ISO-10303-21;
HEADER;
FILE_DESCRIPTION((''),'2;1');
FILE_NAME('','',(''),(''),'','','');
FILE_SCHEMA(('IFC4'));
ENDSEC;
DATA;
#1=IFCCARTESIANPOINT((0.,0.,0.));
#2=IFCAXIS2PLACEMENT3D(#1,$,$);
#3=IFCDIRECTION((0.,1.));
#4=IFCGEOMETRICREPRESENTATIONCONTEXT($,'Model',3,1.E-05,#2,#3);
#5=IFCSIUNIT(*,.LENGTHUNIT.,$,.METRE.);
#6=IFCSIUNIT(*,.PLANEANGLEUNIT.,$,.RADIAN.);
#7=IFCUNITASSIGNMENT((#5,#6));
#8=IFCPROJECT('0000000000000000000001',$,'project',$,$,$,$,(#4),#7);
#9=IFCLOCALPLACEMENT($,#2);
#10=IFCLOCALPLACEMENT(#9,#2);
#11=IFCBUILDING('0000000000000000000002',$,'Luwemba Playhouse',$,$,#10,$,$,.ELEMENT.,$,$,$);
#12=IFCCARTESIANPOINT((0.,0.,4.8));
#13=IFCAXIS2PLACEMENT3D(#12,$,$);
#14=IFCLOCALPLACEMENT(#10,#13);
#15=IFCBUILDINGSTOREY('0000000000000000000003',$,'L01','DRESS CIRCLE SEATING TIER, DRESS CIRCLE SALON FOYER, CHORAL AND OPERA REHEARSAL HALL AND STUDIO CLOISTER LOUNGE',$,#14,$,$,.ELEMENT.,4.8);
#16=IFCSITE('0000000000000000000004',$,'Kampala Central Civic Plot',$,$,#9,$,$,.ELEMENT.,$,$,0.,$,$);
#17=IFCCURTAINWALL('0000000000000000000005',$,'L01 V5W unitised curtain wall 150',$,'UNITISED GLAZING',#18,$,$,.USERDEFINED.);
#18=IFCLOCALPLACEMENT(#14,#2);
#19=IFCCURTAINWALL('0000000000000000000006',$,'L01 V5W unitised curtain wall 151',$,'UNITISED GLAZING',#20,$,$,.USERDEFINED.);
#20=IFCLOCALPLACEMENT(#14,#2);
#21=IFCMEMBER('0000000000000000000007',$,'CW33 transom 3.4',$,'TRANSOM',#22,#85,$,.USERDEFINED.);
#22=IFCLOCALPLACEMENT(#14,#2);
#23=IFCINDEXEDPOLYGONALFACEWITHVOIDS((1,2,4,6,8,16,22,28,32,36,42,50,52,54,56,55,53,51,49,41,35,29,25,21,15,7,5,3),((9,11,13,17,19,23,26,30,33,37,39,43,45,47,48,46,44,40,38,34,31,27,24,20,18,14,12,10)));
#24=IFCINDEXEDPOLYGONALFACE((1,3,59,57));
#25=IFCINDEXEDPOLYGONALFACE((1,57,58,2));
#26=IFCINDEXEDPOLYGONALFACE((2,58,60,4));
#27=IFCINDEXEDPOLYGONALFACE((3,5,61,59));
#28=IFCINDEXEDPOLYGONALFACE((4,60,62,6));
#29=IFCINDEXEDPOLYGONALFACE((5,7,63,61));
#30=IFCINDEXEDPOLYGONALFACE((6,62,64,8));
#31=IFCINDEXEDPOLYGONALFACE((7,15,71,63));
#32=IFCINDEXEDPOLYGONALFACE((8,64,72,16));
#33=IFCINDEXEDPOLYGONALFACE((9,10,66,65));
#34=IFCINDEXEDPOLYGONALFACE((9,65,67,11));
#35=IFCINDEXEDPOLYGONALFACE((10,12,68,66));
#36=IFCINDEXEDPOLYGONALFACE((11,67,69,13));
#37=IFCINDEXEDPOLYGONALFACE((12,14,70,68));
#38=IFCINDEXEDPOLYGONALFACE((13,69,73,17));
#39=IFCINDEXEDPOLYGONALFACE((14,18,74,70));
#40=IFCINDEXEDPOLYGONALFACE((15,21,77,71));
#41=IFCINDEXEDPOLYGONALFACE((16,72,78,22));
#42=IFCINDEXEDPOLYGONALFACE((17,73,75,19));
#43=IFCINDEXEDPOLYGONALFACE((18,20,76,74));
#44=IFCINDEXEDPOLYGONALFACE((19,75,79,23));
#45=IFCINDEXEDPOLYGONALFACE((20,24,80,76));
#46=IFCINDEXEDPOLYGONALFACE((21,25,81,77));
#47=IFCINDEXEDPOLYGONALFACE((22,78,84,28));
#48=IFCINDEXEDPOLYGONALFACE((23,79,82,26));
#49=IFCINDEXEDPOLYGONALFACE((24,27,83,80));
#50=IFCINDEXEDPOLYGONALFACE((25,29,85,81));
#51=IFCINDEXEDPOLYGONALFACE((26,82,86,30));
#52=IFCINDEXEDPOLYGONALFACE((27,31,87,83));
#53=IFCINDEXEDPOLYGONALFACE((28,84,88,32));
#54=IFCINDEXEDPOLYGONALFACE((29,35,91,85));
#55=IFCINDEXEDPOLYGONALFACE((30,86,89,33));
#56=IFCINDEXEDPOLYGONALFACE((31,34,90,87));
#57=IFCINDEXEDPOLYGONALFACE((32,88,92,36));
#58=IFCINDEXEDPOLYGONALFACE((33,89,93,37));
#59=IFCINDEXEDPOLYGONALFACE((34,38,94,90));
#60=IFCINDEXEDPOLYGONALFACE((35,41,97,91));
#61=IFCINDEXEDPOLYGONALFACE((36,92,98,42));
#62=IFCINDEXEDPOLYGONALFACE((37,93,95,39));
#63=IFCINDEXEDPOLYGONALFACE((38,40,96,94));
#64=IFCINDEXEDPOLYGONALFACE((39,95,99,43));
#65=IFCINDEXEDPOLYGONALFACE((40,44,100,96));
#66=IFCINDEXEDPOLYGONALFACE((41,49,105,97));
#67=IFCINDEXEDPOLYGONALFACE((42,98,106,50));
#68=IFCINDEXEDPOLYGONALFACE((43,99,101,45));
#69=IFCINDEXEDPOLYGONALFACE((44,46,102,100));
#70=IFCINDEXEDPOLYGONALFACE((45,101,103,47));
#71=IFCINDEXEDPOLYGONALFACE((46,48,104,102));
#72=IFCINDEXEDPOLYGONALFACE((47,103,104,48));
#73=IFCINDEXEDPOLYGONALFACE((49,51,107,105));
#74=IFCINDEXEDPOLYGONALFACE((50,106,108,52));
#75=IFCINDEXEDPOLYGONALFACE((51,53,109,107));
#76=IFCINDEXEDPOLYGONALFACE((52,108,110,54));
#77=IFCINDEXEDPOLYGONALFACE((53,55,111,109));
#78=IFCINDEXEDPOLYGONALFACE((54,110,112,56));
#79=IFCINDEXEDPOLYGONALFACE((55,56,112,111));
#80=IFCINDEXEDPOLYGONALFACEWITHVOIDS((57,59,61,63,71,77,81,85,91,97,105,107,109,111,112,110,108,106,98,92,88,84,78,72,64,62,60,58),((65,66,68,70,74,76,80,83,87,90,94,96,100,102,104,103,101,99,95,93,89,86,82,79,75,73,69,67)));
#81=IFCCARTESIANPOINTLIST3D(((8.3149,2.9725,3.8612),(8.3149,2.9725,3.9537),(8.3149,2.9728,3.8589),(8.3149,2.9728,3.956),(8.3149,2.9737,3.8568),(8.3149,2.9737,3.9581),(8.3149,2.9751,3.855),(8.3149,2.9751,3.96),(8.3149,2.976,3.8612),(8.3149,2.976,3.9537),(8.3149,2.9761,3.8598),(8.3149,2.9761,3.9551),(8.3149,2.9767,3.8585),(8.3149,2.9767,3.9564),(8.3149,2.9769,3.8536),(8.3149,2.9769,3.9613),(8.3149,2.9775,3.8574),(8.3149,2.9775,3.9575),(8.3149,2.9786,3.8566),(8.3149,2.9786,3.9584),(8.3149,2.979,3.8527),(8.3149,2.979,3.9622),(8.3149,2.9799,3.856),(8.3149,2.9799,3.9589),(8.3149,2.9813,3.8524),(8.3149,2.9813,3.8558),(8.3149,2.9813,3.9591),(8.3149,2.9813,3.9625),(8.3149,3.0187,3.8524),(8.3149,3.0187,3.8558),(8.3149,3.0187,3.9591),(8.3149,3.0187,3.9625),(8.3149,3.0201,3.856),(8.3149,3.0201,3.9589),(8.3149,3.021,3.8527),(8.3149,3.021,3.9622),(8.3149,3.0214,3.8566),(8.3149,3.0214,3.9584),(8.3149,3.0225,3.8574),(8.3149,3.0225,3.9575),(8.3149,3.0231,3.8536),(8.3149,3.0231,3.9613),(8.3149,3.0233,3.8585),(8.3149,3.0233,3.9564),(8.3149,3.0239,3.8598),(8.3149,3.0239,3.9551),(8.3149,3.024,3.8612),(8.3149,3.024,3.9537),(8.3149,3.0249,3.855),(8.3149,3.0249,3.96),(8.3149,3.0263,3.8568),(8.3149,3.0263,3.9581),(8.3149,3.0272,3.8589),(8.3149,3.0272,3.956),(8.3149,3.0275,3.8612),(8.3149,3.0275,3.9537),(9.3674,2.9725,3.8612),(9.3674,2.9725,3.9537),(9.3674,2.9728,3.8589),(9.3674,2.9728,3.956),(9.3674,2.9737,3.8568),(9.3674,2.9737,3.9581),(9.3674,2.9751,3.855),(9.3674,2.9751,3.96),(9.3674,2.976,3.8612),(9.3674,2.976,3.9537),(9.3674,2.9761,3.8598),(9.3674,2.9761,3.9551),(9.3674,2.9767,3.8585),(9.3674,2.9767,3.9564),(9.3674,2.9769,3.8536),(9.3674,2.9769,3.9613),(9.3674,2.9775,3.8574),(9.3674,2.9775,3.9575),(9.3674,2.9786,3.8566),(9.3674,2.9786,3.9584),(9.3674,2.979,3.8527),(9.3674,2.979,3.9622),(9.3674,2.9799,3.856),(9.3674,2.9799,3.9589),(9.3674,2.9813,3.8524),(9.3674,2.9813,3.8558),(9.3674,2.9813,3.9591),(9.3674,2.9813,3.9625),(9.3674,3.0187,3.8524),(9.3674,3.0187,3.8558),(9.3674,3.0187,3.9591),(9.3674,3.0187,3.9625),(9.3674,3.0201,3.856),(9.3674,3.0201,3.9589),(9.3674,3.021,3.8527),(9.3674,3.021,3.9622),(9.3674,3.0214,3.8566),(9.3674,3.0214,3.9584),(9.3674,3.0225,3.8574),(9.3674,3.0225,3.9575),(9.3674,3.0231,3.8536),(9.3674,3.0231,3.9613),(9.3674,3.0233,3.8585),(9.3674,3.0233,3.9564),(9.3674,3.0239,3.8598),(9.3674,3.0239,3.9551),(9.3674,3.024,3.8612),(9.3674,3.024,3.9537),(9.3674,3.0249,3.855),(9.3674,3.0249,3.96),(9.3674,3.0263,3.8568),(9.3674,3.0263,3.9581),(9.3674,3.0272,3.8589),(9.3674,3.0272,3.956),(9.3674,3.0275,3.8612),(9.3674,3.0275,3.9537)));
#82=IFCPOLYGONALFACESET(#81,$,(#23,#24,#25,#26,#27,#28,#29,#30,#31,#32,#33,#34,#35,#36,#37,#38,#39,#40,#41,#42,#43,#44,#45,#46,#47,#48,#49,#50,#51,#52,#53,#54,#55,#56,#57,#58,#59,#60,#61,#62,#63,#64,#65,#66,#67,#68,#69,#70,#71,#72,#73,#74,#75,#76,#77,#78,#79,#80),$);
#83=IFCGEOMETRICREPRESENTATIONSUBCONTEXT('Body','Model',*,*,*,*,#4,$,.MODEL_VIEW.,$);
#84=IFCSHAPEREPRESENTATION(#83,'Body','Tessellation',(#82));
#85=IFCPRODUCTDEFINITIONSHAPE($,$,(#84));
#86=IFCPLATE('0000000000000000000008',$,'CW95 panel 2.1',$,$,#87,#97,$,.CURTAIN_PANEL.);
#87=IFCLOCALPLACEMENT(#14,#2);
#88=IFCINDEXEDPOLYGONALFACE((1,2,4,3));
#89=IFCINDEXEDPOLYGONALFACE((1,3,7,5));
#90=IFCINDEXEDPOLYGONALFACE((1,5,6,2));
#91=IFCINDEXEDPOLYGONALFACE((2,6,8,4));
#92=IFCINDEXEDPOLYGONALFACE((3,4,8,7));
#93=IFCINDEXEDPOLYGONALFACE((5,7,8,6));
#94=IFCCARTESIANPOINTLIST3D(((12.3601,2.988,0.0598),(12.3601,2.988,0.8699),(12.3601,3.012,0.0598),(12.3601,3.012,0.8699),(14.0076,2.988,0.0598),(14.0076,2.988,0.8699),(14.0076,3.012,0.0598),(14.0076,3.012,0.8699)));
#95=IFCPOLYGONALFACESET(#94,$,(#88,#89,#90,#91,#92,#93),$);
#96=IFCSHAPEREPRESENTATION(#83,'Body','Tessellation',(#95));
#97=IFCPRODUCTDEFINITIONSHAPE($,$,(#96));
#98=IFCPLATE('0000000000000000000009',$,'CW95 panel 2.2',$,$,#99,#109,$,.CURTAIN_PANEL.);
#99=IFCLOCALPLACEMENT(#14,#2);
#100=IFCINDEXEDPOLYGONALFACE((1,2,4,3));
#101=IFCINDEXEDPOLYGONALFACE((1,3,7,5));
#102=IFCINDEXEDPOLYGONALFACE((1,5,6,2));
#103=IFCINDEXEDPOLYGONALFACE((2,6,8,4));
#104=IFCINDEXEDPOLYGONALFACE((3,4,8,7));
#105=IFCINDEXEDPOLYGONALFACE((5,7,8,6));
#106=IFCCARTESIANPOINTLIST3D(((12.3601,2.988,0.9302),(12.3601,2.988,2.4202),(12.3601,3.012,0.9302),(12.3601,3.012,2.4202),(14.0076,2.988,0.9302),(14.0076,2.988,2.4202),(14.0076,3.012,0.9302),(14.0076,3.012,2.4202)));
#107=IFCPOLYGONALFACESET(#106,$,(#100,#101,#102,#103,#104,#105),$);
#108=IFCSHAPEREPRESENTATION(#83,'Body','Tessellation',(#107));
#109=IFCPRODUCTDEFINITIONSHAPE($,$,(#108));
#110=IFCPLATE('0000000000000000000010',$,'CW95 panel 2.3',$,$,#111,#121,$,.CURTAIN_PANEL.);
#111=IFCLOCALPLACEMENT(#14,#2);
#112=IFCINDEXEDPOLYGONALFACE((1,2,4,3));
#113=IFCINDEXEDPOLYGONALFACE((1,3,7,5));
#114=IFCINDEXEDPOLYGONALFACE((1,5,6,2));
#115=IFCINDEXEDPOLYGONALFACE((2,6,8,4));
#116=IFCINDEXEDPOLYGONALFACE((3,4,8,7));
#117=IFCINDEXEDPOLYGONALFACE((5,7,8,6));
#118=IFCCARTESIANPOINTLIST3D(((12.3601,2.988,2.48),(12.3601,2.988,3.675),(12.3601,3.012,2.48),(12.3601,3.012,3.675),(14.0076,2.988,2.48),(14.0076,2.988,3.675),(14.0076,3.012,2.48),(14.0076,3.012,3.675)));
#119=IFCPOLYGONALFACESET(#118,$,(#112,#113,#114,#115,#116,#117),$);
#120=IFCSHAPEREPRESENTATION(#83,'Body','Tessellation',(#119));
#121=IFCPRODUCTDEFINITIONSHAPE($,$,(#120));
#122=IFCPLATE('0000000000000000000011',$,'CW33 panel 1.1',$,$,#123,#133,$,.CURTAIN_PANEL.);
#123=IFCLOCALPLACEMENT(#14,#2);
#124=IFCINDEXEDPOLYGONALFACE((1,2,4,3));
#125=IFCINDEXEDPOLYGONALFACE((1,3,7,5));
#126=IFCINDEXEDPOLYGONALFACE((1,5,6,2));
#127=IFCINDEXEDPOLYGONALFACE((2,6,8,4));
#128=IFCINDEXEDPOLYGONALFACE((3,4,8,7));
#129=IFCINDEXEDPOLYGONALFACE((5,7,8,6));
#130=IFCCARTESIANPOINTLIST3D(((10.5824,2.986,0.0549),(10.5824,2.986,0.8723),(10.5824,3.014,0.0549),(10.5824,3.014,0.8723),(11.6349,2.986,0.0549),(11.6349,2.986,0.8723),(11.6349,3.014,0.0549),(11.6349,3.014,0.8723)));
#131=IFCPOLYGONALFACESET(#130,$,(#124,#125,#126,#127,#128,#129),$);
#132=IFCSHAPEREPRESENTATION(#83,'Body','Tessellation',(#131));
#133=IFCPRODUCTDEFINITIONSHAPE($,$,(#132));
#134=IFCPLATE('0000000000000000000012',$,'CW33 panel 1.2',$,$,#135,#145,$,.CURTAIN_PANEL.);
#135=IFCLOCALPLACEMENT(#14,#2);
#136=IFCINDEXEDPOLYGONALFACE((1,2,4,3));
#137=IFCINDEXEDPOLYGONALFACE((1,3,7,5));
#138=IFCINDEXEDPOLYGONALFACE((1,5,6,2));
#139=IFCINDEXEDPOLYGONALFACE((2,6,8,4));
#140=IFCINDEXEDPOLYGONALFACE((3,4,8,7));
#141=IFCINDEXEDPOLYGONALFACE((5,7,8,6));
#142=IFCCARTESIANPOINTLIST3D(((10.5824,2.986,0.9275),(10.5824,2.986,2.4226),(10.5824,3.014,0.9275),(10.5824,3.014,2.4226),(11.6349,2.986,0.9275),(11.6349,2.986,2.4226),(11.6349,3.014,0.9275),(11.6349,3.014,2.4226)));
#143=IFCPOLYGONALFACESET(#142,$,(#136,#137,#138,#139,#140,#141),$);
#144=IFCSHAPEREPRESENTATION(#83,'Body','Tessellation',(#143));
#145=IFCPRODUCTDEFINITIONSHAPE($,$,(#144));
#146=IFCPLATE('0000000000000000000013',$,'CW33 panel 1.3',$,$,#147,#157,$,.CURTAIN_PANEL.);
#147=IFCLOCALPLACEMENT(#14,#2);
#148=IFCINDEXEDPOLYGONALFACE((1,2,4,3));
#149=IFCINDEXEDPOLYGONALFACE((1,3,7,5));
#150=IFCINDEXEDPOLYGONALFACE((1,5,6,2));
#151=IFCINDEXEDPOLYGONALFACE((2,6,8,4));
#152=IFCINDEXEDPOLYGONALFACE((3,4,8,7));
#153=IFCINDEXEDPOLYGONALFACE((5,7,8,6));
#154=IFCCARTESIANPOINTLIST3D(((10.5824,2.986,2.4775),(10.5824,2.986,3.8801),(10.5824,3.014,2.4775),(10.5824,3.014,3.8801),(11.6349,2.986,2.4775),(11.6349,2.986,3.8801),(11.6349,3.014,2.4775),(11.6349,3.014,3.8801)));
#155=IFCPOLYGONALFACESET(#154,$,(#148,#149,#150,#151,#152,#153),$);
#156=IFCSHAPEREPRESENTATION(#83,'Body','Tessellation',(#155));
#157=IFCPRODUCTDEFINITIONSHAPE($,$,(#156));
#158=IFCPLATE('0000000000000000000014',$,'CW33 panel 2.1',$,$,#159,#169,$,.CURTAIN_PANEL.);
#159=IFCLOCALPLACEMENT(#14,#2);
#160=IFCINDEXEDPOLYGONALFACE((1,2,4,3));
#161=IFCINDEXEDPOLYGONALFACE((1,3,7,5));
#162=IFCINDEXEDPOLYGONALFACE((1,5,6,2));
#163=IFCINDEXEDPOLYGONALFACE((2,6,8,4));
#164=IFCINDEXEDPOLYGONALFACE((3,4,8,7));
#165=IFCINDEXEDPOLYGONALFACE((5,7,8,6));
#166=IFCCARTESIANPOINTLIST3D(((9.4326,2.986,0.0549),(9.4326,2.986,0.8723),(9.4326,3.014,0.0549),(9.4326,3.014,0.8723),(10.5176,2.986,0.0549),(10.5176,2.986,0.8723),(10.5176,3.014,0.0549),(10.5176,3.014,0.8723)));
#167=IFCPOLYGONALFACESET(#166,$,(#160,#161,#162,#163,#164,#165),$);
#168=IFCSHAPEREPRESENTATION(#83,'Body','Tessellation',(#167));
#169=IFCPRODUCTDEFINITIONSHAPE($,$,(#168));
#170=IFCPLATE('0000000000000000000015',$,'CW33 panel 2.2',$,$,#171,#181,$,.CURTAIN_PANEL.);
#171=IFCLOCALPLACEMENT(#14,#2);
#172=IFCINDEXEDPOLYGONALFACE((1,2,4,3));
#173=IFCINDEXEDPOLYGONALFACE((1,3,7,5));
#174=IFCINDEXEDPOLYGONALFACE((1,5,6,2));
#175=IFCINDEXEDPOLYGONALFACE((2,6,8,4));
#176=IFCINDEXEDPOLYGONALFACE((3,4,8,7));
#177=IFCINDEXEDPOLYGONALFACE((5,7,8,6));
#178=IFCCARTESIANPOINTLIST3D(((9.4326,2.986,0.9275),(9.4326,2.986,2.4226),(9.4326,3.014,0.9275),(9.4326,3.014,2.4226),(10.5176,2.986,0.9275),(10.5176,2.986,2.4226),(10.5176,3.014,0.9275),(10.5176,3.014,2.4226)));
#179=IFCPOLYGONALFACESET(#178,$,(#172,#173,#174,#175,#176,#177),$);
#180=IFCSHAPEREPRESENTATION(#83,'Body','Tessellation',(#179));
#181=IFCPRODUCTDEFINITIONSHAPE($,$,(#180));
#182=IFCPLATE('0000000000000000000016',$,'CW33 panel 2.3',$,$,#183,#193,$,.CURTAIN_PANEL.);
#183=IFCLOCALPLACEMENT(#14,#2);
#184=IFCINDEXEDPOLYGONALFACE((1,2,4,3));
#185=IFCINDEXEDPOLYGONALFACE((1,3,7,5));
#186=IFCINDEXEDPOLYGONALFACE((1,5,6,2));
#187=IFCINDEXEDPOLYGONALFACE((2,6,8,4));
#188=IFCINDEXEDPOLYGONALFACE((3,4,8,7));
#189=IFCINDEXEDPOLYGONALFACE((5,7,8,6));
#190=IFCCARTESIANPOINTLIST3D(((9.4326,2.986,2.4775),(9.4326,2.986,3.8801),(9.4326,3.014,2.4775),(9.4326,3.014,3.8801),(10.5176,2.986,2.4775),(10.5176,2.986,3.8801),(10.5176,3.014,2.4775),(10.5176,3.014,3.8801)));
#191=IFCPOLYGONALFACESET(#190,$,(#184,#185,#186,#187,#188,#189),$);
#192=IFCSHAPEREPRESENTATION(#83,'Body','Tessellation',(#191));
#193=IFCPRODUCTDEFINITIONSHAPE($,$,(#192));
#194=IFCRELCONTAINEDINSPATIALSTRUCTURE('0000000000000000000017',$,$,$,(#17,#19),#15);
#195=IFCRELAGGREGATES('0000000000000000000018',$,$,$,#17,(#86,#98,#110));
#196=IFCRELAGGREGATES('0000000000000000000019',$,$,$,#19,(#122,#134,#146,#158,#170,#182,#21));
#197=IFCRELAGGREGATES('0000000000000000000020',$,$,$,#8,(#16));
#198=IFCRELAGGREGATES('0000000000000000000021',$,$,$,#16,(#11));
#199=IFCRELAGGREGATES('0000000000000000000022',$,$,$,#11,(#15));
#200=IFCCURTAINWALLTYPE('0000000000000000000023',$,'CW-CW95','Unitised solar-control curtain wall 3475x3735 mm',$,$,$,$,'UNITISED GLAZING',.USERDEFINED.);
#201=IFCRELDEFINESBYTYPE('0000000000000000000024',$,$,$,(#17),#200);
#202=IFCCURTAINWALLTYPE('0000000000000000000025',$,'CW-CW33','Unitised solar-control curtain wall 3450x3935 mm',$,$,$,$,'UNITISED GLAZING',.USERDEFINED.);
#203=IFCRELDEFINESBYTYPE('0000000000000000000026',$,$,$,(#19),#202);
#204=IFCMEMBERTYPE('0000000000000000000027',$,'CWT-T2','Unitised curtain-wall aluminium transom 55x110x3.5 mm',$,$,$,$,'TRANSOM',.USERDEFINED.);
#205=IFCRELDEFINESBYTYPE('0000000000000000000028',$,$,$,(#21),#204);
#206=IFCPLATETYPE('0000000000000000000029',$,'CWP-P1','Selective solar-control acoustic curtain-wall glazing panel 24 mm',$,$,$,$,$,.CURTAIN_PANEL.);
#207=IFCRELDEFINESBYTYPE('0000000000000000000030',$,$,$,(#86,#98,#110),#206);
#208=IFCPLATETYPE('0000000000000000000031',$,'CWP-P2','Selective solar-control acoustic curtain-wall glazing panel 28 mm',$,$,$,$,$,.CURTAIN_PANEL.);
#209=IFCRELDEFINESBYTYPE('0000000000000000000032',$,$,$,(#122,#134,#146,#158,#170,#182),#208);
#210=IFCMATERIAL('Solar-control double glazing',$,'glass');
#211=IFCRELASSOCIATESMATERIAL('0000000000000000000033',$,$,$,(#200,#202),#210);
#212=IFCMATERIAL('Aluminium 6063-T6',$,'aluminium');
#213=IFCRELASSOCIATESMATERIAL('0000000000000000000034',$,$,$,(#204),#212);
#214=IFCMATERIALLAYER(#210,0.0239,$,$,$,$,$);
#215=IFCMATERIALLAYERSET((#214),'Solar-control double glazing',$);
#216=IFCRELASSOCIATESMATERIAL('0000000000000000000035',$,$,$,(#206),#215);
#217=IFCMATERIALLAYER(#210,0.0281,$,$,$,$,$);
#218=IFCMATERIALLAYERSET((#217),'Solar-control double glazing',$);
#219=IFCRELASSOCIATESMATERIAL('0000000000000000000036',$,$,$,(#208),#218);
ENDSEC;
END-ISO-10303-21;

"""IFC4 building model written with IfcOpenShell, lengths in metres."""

from ifc_helpers import new_model, si_unit, direction, frame, origin, origin_2d, place, context, subcontext, project, spatial, rectangle, hollow_rectangle, extrude, material, layer, layer_set, material_profile, profile_set, type_object, element, aggregate, save


model = new_model("IFC4")

# Units and contexts
model_context = context("Model", 3, precision=1e-05, world=origin(), true_north=direction((0.0, 1.0)))
body_context = subcontext(model_context, "Body", "Model", "MODEL_VIEW")
ifc_project = project(units=[si_unit("LENGTHUNIT", "METRE"), si_unit("PLANEANGLEUNIT", "RADIAN")], contexts=[model_context])

# Site, building, storey
site_placement = place(None, origin())
site = spatial("IfcSite", under=ifc_project, at=site_placement, Name="Kampala Central Civic Plot", CompositionType="ELEMENT", RefElevation=0.0)
building_placement = place(site_placement, origin())
building = spatial("IfcBuilding", under=site, at=building_placement, Name="Luwemba Playhouse", CompositionType="ELEMENT")
storey_placement = place(building_placement, frame((0.0, 0.0, 4.8)))
storey = spatial("IfcBuildingStorey", under=building, at=storey_placement, Name="L01", Description="DRESS CIRCLE SEATING TIER, DRESS CIRCLE SALON FOYER, CHORAL AND OPERA REHEARSAL HALL AND STUDIO CLOISTER LOUNGE", CompositionType="ELEMENT", Elevation=4.8)

# Curtain wall
ifc_material_1 = material(Name="Solar-control double glazing", Category="glass")
curtain_wall_type_1 = type_object("IfcCurtainWallType", Name="CW-CW95", Description="Unitised solar-control curtain wall 3475x3735 mm", ElementType="UNITISED GLAZING", PredefinedType="USERDEFINED", material=ifc_material_1)
curtain_wall_1_placement = place(storey_placement, origin())
curtain_wall_1 = element("IfcCurtainWall", 1, at=curtain_wall_1_placement, inside=storey, type_object=curtain_wall_type_1, Name="L01 V5W unitised curtain wall 150", ObjectType="UNITISED GLAZING", PredefinedType="USERDEFINED")
ifc_material_2 = material(Name="Aluminium 6063-T6", Category="aluminium")

# Curtain wall
curtain_wall_type_2 = type_object("IfcCurtainWallType", Name="CW-CW33", Description="Unitised solar-control curtain wall 3450x3935 mm", ElementType="UNITISED GLAZING", PredefinedType="USERDEFINED", material=ifc_material_1)
curtain_wall_2_placement = place(storey_placement, origin())
curtain_wall_2 = element("IfcCurtainWall", 2, at=curtain_wall_2_placement, inside=storey, type_object=curtain_wall_type_2, Name="L01 V5W unitised curtain wall 151", ObjectType="UNITISED GLAZING", PredefinedType="USERDEFINED")

# Member
ifc_material_profile_1 = material_profile(ifc_material_2, hollow_rectangle(XDim=0.0549, YDim=0.1101, WallThickness=0.0034, InnerFilletRadius=0.0054, OuterFilletRadius=0.0088, at=origin_2d()))
ifc_profile_set_1 = profile_set([ifc_material_profile_1], Name="Aluminium 6063-T6")
member_type_1 = type_object("IfcMemberType", Name="CWT-T2", Description="Unitised curtain-wall aluminium transom 55x110x3.5 mm", ElementType="TRANSOM", PredefinedType="USERDEFINED", material=ifc_profile_set_1)
member_1_placement = place(storey_placement, frame((9.3674, 3.0, 3.9075), z_axis=(-1.0, 0.0, 0.0), x_axis=(0.0, -1.0, 0.0)))
member_1 = element("IfcMember", 3, at=member_1_placement, type_object=member_type_1, Name="CW33 transom 3.4", ObjectType="TRANSOM", PredefinedType="USERDEFINED", context=body_context, shape_type="SweptSolid", body=[
    extrude(hollow_rectangle(XDim=0.0549, YDim=0.1101, WallThickness=0.0034, InnerFilletRadius=0.0054, OuterFilletRadius=0.0088, at=origin_2d()), origin(), (0.0, 0.0, 1.0), 1.0525),
])

# Plates
ifc_layer_1 = layer(ifc_material_1, 0.0239)
ifc_layer_set_1 = layer_set([ifc_layer_1], Name="Solar-control double glazing")
plate_type_1 = type_object("IfcPlateType", Name="CWP-P1", Description="Selective solar-control acoustic curtain-wall glazing panel 24 mm", PredefinedType="CURTAIN_PANEL", material=ifc_layer_set_1)
plate_1_placement = place(storey_placement, frame((13.1838, 3.0, 0.0598), z_axis=(0.0, 0.0, 1.0), x_axis=(-1.0, 0.0, 0.0)))
plate_1 = element("IfcPlate", 4, at=plate_1_placement, type_object=plate_type_1, Name="CW95 panel 2.1", PredefinedType="CURTAIN_PANEL", context=body_context, shape_type="SweptSolid", body=[
    extrude(rectangle(XDim=1.6475, YDim=0.0239, at=origin_2d()), origin(), (0.0, 0.0, 1.0), 0.8101),
])
plate_2_placement = place(storey_placement, frame((13.1838, 3.0, 0.9302), z_axis=(0.0, 0.0, 1.0), x_axis=(-1.0, 0.0, 0.0)))
plate_2 = element("IfcPlate", 5, at=plate_2_placement, type_object=plate_type_1, Name="CW95 panel 2.2", PredefinedType="CURTAIN_PANEL", context=body_context, shape_type="SweptSolid", body=[
    extrude(rectangle(XDim=1.6475, YDim=0.0239, at=origin_2d()), origin(), (0.0, 0.0, 1.0), 1.49),
])
plate_3_placement = place(storey_placement, frame((13.1838, 3.0, 2.48), z_axis=(0.0, 0.0, 1.0), x_axis=(-1.0, 0.0, 0.0)))
plate_3 = element("IfcPlate", 6, at=plate_3_placement, type_object=plate_type_1, Name="CW95 panel 2.3", PredefinedType="CURTAIN_PANEL", context=body_context, shape_type="SweptSolid", body=[
    extrude(rectangle(XDim=1.6475, YDim=0.0239, at=origin_2d()), origin(), (0.0, 0.0, 1.0), 1.1951),
])
aggregate(curtain_wall_1, [plate_1, plate_2, plate_3])
ifc_layer_2 = layer(ifc_material_1, 0.0281)
ifc_layer_set_2 = layer_set([ifc_layer_2], Name="Solar-control double glazing")
plate_type_2 = type_object("IfcPlateType", Name="CWP-P2", Description="Selective solar-control acoustic curtain-wall glazing panel 28 mm", PredefinedType="CURTAIN_PANEL", material=ifc_layer_set_2)
plate_4_placement = place(storey_placement, frame((11.1086, 3.0, 0.0549), z_axis=(0.0, 0.0, 1.0), x_axis=(-1.0, 0.0, 0.0)))
plate_4 = element("IfcPlate", 7, at=plate_4_placement, type_object=plate_type_2, Name="CW33 panel 1.1", PredefinedType="CURTAIN_PANEL", context=body_context, shape_type="SweptSolid", body=[
    extrude(rectangle(XDim=1.0525, YDim=0.0281, at=origin_2d()), origin(), (0.0, 0.0, 1.0), 0.8174),
])
plate_5_placement = place(storey_placement, frame((11.1086, 3.0, 0.9275), z_axis=(0.0, 0.0, 1.0), x_axis=(-1.0, 0.0, 0.0)))
plate_5 = element("IfcPlate", 8, at=plate_5_placement, type_object=plate_type_2, Name="CW33 panel 1.2", PredefinedType="CURTAIN_PANEL", context=body_context, shape_type="SweptSolid", body=[
    extrude(rectangle(XDim=1.0525, YDim=0.0281, at=origin_2d()), origin(), (0.0, 0.0, 1.0), 1.4951),
])
plate_6_placement = place(storey_placement, frame((11.1086, 3.0, 2.4775), z_axis=(0.0, 0.0, 1.0), x_axis=(-1.0, 0.0, 0.0)))
plate_6 = element("IfcPlate", 9, at=plate_6_placement, type_object=plate_type_2, Name="CW33 panel 1.3", PredefinedType="CURTAIN_PANEL", context=body_context, shape_type="SweptSolid", body=[
    extrude(rectangle(XDim=1.0525, YDim=0.0281, at=origin_2d()), origin(), (0.0, 0.0, 1.0), 1.4026),
])
plate_7_placement = place(storey_placement, frame((9.9751, 3.0, 0.0549), z_axis=(0.0, 0.0, 1.0), x_axis=(-1.0, 0.0, 0.0)))
plate_7 = element("IfcPlate", 10, at=plate_7_placement, type_object=plate_type_2, Name="CW33 panel 2.1", PredefinedType="CURTAIN_PANEL", context=body_context, shape_type="SweptSolid", body=[
    extrude(rectangle(XDim=1.085, YDim=0.0281, at=origin_2d()), origin(), (0.0, 0.0, 1.0), 0.8174),
])
plate_8_placement = place(storey_placement, frame((9.9751, 3.0, 0.9275), z_axis=(0.0, 0.0, 1.0), x_axis=(-1.0, 0.0, 0.0)))
plate_8 = element("IfcPlate", 11, at=plate_8_placement, type_object=plate_type_2, Name="CW33 panel 2.2", PredefinedType="CURTAIN_PANEL", context=body_context, shape_type="SweptSolid", body=[
    extrude(rectangle(XDim=1.085, YDim=0.0281, at=origin_2d()), origin(), (0.0, 0.0, 1.0), 1.4951),
])
plate_9_placement = place(storey_placement, frame((9.9751, 3.0, 2.4775), z_axis=(0.0, 0.0, 1.0), x_axis=(-1.0, 0.0, 0.0)))
plate_9 = element("IfcPlate", 12, at=plate_9_placement, type_object=plate_type_2, Name="CW33 panel 2.3", PredefinedType="CURTAIN_PANEL", context=body_context, shape_type="SweptSolid", body=[
    extrude(rectangle(XDim=1.085, YDim=0.0281, at=origin_2d()), origin(), (0.0, 0.0, 1.0), 1.4026),
])
aggregate(curtain_wall_2, [plate_4, plate_5, plate_6, plate_7, plate_8, plate_9, member_1])

save(model, "model.ifc")
